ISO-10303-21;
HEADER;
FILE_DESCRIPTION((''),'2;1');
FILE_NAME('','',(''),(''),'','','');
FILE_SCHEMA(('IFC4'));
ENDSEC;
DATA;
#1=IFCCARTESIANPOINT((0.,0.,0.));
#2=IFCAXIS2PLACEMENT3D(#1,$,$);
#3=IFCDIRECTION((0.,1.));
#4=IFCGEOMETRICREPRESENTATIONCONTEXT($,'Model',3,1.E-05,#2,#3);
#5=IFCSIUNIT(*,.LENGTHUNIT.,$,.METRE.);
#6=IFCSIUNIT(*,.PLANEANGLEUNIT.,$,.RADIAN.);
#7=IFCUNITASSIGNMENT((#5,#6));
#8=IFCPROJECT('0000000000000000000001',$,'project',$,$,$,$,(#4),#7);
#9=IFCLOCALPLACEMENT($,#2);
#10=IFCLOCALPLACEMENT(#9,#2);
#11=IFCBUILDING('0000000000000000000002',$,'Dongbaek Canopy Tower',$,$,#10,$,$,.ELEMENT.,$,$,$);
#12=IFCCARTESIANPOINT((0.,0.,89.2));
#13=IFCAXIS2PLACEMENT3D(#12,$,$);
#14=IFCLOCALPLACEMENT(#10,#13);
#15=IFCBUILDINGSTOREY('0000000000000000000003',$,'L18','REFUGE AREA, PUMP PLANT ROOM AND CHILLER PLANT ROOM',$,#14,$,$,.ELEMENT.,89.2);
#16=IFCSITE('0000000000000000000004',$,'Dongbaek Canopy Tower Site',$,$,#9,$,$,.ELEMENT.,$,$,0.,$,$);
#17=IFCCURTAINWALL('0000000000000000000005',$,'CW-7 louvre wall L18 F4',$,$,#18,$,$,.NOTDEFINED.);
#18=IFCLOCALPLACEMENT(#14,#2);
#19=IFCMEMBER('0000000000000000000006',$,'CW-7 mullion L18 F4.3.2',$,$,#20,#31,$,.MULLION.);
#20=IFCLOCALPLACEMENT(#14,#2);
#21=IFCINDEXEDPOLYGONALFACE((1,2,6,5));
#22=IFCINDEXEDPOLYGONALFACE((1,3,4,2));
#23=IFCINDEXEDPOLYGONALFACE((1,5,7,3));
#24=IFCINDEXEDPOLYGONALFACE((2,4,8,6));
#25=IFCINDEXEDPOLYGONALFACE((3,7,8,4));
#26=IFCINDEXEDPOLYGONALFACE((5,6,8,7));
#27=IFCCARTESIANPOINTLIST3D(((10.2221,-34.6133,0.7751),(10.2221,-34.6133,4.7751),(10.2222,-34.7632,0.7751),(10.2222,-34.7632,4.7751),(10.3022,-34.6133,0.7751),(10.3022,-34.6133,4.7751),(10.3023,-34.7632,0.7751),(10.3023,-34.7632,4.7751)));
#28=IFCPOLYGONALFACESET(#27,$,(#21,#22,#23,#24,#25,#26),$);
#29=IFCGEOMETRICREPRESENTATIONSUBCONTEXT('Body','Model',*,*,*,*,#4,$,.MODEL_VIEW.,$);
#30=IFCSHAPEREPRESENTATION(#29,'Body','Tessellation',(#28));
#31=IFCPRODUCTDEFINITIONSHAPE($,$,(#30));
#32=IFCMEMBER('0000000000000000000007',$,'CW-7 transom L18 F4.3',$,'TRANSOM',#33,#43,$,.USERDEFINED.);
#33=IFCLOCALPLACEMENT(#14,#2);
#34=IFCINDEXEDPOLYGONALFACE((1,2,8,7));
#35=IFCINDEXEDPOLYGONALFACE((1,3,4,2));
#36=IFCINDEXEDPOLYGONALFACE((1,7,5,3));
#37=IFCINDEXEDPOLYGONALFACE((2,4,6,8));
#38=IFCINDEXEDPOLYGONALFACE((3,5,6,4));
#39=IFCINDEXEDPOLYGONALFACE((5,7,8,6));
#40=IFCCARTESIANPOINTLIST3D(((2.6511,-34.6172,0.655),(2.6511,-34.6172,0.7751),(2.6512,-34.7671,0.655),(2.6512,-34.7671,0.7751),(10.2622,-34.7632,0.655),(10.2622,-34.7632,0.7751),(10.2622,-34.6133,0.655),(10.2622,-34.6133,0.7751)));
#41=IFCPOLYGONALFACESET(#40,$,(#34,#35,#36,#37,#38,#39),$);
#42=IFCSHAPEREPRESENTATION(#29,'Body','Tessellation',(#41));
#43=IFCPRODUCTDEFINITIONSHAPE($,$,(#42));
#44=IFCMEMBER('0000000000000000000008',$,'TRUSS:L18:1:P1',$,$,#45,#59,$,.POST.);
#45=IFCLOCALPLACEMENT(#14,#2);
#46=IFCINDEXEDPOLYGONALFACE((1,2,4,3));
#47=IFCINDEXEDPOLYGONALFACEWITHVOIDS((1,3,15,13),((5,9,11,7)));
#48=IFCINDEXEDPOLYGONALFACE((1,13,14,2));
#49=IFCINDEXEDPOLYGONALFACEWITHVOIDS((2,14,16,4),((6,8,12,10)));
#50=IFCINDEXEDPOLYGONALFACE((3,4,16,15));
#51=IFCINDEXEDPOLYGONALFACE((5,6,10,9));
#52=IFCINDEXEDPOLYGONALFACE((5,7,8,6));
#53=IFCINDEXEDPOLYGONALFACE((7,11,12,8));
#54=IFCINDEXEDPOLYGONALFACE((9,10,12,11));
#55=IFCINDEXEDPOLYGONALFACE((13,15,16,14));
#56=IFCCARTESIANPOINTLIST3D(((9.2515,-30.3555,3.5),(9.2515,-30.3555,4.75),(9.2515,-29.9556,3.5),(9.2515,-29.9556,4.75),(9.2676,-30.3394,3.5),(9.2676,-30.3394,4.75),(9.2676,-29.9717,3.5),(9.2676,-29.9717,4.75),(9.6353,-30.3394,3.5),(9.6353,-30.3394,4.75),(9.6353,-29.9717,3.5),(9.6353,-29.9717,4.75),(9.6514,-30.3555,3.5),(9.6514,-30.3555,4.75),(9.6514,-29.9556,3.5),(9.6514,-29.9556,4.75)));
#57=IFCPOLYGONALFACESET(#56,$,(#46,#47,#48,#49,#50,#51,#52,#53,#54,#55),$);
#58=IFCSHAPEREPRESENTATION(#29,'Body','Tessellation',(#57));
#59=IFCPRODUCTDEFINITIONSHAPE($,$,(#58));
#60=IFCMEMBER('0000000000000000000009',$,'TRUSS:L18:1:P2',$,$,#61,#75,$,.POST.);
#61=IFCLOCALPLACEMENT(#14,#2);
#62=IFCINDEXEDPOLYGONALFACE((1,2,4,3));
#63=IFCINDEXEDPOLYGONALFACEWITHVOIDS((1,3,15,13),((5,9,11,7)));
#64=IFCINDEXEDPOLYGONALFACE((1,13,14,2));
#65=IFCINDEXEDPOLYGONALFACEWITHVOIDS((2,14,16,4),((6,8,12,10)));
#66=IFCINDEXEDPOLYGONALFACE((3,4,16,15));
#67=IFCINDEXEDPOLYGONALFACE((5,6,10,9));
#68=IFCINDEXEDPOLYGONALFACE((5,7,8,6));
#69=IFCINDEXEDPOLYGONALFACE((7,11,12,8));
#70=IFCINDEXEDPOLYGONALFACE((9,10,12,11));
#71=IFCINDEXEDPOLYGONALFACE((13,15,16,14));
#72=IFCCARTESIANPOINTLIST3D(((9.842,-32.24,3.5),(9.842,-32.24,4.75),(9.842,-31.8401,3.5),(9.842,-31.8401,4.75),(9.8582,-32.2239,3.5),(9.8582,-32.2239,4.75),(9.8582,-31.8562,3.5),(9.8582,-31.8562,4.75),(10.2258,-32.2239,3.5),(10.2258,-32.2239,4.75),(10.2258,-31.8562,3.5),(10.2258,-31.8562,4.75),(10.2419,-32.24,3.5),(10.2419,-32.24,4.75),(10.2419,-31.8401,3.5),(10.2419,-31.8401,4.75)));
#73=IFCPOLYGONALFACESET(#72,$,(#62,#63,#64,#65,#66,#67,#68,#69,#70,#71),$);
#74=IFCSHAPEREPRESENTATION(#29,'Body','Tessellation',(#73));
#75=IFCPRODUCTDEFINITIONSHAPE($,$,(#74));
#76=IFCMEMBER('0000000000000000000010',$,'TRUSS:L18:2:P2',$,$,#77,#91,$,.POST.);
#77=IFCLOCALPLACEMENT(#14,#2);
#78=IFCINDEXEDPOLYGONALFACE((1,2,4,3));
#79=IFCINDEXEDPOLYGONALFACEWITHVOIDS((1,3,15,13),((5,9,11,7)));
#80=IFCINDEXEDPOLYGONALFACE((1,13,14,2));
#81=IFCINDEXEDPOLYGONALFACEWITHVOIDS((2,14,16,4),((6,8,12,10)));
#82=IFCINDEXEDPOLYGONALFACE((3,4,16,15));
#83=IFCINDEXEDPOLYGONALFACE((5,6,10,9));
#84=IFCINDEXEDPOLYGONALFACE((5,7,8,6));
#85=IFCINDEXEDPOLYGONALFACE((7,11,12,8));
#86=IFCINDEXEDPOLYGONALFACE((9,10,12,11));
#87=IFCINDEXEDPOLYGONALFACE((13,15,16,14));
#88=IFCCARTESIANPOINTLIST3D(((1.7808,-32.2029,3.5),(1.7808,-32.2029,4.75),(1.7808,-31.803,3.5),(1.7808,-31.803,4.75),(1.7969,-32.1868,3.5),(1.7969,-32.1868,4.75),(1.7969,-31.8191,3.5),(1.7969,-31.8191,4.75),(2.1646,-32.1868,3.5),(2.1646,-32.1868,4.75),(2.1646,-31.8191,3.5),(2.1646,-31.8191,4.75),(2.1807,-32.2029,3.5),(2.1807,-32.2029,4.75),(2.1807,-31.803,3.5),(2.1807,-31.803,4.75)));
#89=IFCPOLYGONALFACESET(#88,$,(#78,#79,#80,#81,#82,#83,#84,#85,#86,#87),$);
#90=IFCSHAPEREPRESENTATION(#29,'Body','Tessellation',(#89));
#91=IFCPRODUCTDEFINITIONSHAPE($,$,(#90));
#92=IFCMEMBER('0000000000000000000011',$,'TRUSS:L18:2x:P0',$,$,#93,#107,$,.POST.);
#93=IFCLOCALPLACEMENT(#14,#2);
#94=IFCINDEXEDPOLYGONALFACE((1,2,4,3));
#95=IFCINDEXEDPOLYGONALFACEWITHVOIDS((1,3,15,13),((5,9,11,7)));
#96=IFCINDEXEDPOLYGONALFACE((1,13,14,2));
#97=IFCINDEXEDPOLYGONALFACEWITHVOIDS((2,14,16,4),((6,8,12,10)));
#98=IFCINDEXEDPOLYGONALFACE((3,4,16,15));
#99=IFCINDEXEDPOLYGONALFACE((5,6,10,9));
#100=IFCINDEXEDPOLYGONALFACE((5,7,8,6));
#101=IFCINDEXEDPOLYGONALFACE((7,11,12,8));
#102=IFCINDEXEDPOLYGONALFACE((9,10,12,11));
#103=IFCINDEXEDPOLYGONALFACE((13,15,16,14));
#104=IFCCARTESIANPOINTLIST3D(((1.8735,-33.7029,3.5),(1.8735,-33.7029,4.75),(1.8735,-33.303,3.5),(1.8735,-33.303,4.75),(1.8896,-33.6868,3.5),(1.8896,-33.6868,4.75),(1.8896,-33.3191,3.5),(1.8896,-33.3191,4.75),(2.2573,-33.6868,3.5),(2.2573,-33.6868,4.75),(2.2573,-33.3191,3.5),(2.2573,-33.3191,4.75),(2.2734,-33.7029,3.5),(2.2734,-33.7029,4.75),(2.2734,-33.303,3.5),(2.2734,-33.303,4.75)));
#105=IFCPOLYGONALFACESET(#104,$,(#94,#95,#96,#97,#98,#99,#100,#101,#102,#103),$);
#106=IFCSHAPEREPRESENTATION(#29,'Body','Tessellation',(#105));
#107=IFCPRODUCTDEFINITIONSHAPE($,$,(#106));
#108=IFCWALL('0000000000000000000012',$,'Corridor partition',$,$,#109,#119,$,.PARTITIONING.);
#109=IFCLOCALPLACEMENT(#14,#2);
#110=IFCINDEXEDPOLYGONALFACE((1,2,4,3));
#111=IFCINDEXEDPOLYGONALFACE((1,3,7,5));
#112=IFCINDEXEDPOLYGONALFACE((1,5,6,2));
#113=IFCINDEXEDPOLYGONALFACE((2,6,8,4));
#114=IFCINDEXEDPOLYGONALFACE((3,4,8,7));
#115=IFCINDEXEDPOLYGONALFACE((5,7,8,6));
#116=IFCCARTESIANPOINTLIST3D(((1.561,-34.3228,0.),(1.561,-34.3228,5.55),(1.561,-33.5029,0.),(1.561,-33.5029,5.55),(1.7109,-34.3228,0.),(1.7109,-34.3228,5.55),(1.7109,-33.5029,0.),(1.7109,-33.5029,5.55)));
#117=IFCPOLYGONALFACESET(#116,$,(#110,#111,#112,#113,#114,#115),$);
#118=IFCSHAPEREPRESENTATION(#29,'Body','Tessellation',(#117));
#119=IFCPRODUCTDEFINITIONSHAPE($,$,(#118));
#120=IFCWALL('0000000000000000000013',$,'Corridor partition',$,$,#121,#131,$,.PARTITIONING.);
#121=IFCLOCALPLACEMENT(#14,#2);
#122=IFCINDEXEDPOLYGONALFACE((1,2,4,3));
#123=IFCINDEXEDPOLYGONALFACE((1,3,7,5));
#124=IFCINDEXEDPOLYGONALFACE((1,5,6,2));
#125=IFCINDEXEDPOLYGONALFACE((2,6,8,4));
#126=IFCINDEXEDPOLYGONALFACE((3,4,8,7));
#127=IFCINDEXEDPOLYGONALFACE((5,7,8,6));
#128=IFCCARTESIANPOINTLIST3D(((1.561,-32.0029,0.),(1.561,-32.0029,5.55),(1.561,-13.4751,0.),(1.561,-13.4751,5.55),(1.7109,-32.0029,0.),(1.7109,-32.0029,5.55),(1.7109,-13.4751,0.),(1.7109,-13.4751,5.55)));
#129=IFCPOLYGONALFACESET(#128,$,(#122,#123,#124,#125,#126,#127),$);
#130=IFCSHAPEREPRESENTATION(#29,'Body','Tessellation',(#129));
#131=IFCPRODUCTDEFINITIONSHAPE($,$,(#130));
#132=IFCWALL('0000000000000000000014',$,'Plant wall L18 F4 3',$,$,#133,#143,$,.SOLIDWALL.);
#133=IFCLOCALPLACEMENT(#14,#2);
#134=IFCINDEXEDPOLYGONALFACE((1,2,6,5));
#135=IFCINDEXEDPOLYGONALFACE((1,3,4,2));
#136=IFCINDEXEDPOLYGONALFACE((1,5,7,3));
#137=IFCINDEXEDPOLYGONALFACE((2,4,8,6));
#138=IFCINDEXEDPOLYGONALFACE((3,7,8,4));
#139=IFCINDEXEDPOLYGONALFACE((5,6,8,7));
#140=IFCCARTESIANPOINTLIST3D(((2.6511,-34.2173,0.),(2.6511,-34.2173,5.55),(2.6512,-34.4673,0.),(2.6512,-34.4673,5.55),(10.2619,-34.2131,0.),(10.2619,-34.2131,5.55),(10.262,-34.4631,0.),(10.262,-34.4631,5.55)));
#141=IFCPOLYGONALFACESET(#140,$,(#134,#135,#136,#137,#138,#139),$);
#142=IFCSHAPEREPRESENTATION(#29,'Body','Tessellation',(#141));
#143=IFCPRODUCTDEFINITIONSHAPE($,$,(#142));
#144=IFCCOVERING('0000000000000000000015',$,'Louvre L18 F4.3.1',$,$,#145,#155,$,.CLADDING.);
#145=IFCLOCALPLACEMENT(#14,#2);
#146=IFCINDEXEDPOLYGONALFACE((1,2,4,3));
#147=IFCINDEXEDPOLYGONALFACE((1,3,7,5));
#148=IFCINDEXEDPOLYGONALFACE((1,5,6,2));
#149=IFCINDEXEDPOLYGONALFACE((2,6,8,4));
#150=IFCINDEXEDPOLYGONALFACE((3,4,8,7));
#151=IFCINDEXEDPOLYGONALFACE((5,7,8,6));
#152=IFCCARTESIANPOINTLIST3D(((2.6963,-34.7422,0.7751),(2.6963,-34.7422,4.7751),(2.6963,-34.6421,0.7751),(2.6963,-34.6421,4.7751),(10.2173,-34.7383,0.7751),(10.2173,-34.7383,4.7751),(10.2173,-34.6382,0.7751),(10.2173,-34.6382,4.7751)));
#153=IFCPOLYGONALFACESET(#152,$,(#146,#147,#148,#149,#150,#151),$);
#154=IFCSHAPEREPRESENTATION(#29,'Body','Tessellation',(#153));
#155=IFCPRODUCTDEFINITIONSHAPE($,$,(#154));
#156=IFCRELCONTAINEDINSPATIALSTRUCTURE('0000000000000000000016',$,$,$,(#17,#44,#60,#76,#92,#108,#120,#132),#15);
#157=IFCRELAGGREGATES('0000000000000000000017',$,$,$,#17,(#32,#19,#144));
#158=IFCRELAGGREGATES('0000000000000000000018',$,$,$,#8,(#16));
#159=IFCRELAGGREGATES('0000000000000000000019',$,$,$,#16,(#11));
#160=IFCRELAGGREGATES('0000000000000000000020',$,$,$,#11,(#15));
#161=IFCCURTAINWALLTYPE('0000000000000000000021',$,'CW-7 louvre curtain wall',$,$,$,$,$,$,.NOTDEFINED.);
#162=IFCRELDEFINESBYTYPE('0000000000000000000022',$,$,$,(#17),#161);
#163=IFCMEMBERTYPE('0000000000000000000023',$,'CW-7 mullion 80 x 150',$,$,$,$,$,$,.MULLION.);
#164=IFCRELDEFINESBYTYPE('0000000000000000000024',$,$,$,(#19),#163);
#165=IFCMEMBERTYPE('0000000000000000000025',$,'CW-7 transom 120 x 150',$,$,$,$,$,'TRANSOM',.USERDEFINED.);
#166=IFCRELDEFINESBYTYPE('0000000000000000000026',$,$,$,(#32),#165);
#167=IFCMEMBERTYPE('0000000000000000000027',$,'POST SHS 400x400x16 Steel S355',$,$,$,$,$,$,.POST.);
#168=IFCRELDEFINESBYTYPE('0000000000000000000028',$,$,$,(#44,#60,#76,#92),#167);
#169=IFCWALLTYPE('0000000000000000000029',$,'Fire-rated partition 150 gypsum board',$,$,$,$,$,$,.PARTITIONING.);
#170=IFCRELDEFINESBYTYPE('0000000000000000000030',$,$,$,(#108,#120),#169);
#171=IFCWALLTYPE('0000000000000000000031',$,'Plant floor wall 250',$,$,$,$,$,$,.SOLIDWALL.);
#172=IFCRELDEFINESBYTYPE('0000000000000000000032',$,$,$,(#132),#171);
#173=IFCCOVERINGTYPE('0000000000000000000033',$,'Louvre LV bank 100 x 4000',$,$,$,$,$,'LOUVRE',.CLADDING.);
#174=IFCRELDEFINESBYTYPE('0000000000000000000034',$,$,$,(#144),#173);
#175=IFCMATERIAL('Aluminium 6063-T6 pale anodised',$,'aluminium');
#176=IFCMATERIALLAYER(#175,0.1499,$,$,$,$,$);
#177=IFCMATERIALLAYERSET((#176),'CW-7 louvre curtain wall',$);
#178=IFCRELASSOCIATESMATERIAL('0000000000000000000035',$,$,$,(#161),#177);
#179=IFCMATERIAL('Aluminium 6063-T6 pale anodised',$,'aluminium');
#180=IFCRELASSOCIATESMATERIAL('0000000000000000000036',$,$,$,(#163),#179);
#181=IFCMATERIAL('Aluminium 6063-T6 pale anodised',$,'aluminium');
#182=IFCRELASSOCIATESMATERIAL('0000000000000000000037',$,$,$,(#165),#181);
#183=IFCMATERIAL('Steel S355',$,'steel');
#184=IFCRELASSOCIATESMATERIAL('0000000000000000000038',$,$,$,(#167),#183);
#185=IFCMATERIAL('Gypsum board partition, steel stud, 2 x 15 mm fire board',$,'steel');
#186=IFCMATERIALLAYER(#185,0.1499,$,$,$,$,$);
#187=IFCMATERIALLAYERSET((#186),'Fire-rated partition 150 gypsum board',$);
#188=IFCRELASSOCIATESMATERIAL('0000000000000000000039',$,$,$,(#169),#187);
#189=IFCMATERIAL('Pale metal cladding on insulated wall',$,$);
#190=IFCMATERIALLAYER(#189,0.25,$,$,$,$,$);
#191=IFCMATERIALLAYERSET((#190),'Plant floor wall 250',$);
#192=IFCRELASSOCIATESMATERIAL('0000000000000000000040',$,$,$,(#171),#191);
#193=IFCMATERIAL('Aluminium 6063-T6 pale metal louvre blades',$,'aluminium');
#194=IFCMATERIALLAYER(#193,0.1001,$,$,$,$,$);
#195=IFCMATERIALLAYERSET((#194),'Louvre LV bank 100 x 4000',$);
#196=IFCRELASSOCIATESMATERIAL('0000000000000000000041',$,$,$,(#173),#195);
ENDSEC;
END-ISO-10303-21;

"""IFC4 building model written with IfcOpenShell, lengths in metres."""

from ifc_helpers import new_model, si_unit, direction, frame, frame_2d, origin, origin_2d, place, context, subcontext, project, spatial, rectangle, hollow_rectangle, extrude, material, layer, layer_set, material_profile, profile_set, type_object, element, aggregate, save


model = new_model("IFC4")

# Units and contexts
model_context = context("Model", 3, precision=1e-05, world=origin(), true_north=direction((0.0, 1.0)))
body_context = subcontext(model_context, "Body", "Model", "MODEL_VIEW")
ifc_project = project(units=[si_unit("LENGTHUNIT", "METRE"), si_unit("PLANEANGLEUNIT", "RADIAN")], contexts=[model_context])

# Site, building, storey
site_placement = place(None, origin())
site = spatial("IfcSite", under=ifc_project, at=site_placement, Name="Dongbaek Canopy Tower Site", CompositionType="ELEMENT", RefElevation=0.0)
building_placement = place(site_placement, origin())
building = spatial("IfcBuilding", under=site, at=building_placement, Name="Dongbaek Canopy Tower", CompositionType="ELEMENT")
storey_placement = place(building_placement, frame((0.0, 0.0, 89.2)))
storey = spatial("IfcBuildingStorey", under=building, at=storey_placement, Name="L18", Description="REFUGE AREA, PUMP PLANT ROOM AND CHILLER PLANT ROOM", CompositionType="ELEMENT", Elevation=89.2)

# Curtain wall, members
ifc_material_1 = material(Name="Aluminium 6063-T6 pale anodised", Category="aluminium")
ifc_layer_1 = layer(ifc_material_1, 0.1499)
ifc_layer_set_1 = layer_set([ifc_layer_1], Name="CW-7 louvre curtain wall")
curtain_wall_type = type_object("IfcCurtainWallType", Name="CW-7 louvre curtain wall", PredefinedType="NOTDEFINED", material=ifc_layer_set_1)
curtain_wall_placement = place(storey_placement, origin())
curtain_wall = element("IfcCurtainWall", 1, at=curtain_wall_placement, inside=storey, type_object=curtain_wall_type, Name="CW-7 louvre wall L18 F4", PredefinedType="NOTDEFINED")
ifc_material_2 = material(Name="Aluminium 6063-T6 pale anodised", Category="aluminium")
ifc_material_profile_1 = material_profile(ifc_material_2, rectangle(XDim=0.1499, YDim=0.0801, at=origin_2d()), Name="CW-7 mullion 80 x 150")
ifc_profile_set_1 = profile_set([ifc_material_profile_1], Name="Aluminium 6063-T6 pale anodised")
member_type_1 = type_object("IfcMemberType", Name="CW-7 mullion 80 x 150", PredefinedType="MULLION", material=ifc_profile_set_1)
member_1_placement = place(storey_placement, frame((10.2622, -34.6882, 0.7751), z_axis=(0.0, 0.0, 1.0), x_axis=(0.000524, -1.0, 0.0)))
member_1 = element("IfcMember", 2, at=member_1_placement, type_object=member_type_1, Name="CW-7 mullion L18 F4.3.2", PredefinedType="MULLION", context=body_context, shape_type="SweptSolid", body=[
    extrude(rectangle(XDim=0.1499, YDim=0.0801, at=origin_2d()), origin(), (0.0, 0.0, 1.0), 4.0),
])
ifc_material_3 = material(Name="Aluminium 6063-T6 pale anodised", Category="aluminium")
ifc_material_profile_2 = material_profile(ifc_material_3, rectangle(XDim=0.1499, YDim=0.1201, at=origin_2d()), Name="CW-7 transom 120 x 150")
ifc_profile_set_2 = profile_set([ifc_material_profile_2], Name="Aluminium 6063-T6 pale anodised")
member_type_2 = type_object("IfcMemberType", Name="CW-7 transom 120 x 150", ElementType="TRANSOM", PredefinedType="USERDEFINED", material=ifc_profile_set_2)
member_2_placement = place(storey_placement, frame((2.6511, -34.6921, 0.7151), z_axis=(1.0, 0.000513, 0.0), x_axis=(-0.000513, 1.0, 0.0)))
member_2 = element("IfcMember", 3, at=member_2_placement, type_object=member_type_2, Name="CW-7 transom L18 F4.3", ObjectType="TRANSOM", PredefinedType="USERDEFINED", context=body_context, shape_type="SweptSolid", body=[
    extrude(rectangle(XDim=0.1499, YDim=0.1201, at=origin_2d()), origin(), (0.0, 0.0, 1.0), 7.6111),
])

# Members
ifc_material_4 = material(Name="Steel S355", Category="steel")
ifc_material_profile_3 = material_profile(ifc_material_4, hollow_rectangle(XDim=0.3999, YDim=0.3999, WallThickness=0.0161, at=origin_2d()), Name="POST SHS 400x400x16 Steel S355")
ifc_profile_set_3 = profile_set([ifc_material_profile_3], Name="Steel S355")
member_type_3 = type_object("IfcMemberType", Name="POST SHS 400x400x16 Steel S355", PredefinedType="POST", material=ifc_profile_set_3)
for number, where, z_axis, x_axis, name in (
    (4, (9.4514, -30.1555, 3.5), (0.0, 0.0, 1.0), (1.0, 0.0, 0.0), "TRUSS:L18:1:P1"),
    (5, (10.042, -32.04, 3.5), (0.0, 0.0, 1.0), (1.0, 0.0, 0.0), "TRUSS:L18:1:P2"),
    (6, (1.9807, -32.0029, 3.5), (0.0, 0.0, 1.0), (1.0, 0.0, 0.0), "TRUSS:L18:2:P2"),
    (7, (2.0735, -33.5029, 3.5), (0.0, 0.0, 1.0), (1.0, 0.0, 0.0), "TRUSS:L18:2x:P0"),
):
    element("IfcMember", number, at=place(storey_placement, frame(where, z_axis=z_axis, x_axis=x_axis)), inside=storey, type_object=member_type_3, Name=name, PredefinedType="POST", context=body_context, shape_type="SweptSolid", body=[
        extrude(hollow_rectangle(XDim=0.3999, YDim=0.3999, WallThickness=0.0161, at=origin_2d()), origin(), (0.0, 0.0, 1.0), 1.25),
    ])

# Walls
ifc_material_5 = material(Name="Gypsum board partition, steel stud, 2 x 15 mm fire board", Category="steel")
ifc_layer_2 = layer(ifc_material_5, 0.1499)
ifc_layer_set_2 = layer_set([ifc_layer_2], Name="Fire-rated partition 150 gypsum board")
wall_type_1 = type_object("IfcWallType", Name="Fire-rated partition 150 gypsum board", PredefinedType="PARTITIONING", material=ifc_layer_set_2)
wall_1_placement = place(storey_placement, frame((1.636, -34.3228, 0.0), z_axis=(0.0, 0.0, 1.0), x_axis=(0.0, 1.0, 0.0)))
element("IfcWall", 8, at=wall_1_placement, inside=storey, type_object=wall_type_1, Name="Corridor partition", PredefinedType="PARTITIONING", context=body_context, shape_type="SweptSolid", body=[
    extrude(rectangle(XDim=0.8198, YDim=0.1499, at=frame_2d((0.4099, 0.0))), origin(), (0.0, 0.0, 1.0), 5.55),
])
wall_2_placement = place(storey_placement, frame((1.636, -32.0029, 0.0), z_axis=(0.0, 0.0, 1.0), x_axis=(0.0, 1.0, 0.0)))
element("IfcWall", 9, at=wall_2_placement, inside=storey, type_object=wall_type_1, Name="Corridor partition", PredefinedType="PARTITIONING", context=body_context, shape_type="SweptSolid", body=[
    extrude(rectangle(XDim=18.5278, YDim=0.1499, at=frame_2d((9.2639, 0.0))), origin(), (0.0, 0.0, 1.0), 5.55),
])
ifc_material_6 = material(Name="Pale metal cladding on insulated wall")
ifc_layer_3 = layer(ifc_material_6, 0.25)
ifc_layer_set_3 = layer_set([ifc_layer_3], Name="Plant floor wall 250")
wall_type_2 = type_object("IfcWallType", Name="Plant floor wall 250", PredefinedType="SOLIDWALL", material=ifc_layer_set_3)
wall_3_placement = place(storey_placement, frame((2.6511, -34.3423, 0.0), z_axis=(0.0, 0.0, 1.0), x_axis=(1.0, 0.000545, 0.0)))
element("IfcWall", 10, at=wall_3_placement, inside=storey, type_object=wall_type_2, Name="Plant wall L18 F4 3", PredefinedType="SOLIDWALL", context=body_context, shape_type="SweptSolid", body=[
    extrude(rectangle(XDim=7.6108, YDim=0.25, at=frame_2d((3.8054, 0.0))), origin(), (0.0, 0.0, 1.0), 5.55),
])

# Covering
ifc_material_7 = material(Name="Aluminium 6063-T6 pale metal louvre blades", Category="aluminium")
ifc_layer_4 = layer(ifc_material_7, 0.1001)
ifc_layer_set_4 = layer_set([ifc_layer_4], Name="Louvre LV bank 100 x 4000")
covering_type = type_object("IfcCoveringType", Name="Louvre LV bank 100 x 4000", ElementType="LOUVRE", PredefinedType="CLADDING", material=ifc_layer_set_4)
covering_placement = place(storey_placement, frame((6.4568, -34.6902, 0.7751), z_axis=(0.0, 0.0, 1.0), x_axis=(1.0, 0.000524, 0.0)))
covering = element("IfcCovering", 11, at=covering_placement, type_object=covering_type, Name="Louvre L18 F4.3.1", PredefinedType="CLADDING", context=body_context, shape_type="SweptSolid", body=[
    extrude(rectangle(XDim=7.521, YDim=0.1001, at=origin_2d()), origin(), (0.0, 0.0, 1.0), 4.0),
])

aggregate(curtain_wall, [member_2, member_1, covering])

save(model, "model.ifc")
